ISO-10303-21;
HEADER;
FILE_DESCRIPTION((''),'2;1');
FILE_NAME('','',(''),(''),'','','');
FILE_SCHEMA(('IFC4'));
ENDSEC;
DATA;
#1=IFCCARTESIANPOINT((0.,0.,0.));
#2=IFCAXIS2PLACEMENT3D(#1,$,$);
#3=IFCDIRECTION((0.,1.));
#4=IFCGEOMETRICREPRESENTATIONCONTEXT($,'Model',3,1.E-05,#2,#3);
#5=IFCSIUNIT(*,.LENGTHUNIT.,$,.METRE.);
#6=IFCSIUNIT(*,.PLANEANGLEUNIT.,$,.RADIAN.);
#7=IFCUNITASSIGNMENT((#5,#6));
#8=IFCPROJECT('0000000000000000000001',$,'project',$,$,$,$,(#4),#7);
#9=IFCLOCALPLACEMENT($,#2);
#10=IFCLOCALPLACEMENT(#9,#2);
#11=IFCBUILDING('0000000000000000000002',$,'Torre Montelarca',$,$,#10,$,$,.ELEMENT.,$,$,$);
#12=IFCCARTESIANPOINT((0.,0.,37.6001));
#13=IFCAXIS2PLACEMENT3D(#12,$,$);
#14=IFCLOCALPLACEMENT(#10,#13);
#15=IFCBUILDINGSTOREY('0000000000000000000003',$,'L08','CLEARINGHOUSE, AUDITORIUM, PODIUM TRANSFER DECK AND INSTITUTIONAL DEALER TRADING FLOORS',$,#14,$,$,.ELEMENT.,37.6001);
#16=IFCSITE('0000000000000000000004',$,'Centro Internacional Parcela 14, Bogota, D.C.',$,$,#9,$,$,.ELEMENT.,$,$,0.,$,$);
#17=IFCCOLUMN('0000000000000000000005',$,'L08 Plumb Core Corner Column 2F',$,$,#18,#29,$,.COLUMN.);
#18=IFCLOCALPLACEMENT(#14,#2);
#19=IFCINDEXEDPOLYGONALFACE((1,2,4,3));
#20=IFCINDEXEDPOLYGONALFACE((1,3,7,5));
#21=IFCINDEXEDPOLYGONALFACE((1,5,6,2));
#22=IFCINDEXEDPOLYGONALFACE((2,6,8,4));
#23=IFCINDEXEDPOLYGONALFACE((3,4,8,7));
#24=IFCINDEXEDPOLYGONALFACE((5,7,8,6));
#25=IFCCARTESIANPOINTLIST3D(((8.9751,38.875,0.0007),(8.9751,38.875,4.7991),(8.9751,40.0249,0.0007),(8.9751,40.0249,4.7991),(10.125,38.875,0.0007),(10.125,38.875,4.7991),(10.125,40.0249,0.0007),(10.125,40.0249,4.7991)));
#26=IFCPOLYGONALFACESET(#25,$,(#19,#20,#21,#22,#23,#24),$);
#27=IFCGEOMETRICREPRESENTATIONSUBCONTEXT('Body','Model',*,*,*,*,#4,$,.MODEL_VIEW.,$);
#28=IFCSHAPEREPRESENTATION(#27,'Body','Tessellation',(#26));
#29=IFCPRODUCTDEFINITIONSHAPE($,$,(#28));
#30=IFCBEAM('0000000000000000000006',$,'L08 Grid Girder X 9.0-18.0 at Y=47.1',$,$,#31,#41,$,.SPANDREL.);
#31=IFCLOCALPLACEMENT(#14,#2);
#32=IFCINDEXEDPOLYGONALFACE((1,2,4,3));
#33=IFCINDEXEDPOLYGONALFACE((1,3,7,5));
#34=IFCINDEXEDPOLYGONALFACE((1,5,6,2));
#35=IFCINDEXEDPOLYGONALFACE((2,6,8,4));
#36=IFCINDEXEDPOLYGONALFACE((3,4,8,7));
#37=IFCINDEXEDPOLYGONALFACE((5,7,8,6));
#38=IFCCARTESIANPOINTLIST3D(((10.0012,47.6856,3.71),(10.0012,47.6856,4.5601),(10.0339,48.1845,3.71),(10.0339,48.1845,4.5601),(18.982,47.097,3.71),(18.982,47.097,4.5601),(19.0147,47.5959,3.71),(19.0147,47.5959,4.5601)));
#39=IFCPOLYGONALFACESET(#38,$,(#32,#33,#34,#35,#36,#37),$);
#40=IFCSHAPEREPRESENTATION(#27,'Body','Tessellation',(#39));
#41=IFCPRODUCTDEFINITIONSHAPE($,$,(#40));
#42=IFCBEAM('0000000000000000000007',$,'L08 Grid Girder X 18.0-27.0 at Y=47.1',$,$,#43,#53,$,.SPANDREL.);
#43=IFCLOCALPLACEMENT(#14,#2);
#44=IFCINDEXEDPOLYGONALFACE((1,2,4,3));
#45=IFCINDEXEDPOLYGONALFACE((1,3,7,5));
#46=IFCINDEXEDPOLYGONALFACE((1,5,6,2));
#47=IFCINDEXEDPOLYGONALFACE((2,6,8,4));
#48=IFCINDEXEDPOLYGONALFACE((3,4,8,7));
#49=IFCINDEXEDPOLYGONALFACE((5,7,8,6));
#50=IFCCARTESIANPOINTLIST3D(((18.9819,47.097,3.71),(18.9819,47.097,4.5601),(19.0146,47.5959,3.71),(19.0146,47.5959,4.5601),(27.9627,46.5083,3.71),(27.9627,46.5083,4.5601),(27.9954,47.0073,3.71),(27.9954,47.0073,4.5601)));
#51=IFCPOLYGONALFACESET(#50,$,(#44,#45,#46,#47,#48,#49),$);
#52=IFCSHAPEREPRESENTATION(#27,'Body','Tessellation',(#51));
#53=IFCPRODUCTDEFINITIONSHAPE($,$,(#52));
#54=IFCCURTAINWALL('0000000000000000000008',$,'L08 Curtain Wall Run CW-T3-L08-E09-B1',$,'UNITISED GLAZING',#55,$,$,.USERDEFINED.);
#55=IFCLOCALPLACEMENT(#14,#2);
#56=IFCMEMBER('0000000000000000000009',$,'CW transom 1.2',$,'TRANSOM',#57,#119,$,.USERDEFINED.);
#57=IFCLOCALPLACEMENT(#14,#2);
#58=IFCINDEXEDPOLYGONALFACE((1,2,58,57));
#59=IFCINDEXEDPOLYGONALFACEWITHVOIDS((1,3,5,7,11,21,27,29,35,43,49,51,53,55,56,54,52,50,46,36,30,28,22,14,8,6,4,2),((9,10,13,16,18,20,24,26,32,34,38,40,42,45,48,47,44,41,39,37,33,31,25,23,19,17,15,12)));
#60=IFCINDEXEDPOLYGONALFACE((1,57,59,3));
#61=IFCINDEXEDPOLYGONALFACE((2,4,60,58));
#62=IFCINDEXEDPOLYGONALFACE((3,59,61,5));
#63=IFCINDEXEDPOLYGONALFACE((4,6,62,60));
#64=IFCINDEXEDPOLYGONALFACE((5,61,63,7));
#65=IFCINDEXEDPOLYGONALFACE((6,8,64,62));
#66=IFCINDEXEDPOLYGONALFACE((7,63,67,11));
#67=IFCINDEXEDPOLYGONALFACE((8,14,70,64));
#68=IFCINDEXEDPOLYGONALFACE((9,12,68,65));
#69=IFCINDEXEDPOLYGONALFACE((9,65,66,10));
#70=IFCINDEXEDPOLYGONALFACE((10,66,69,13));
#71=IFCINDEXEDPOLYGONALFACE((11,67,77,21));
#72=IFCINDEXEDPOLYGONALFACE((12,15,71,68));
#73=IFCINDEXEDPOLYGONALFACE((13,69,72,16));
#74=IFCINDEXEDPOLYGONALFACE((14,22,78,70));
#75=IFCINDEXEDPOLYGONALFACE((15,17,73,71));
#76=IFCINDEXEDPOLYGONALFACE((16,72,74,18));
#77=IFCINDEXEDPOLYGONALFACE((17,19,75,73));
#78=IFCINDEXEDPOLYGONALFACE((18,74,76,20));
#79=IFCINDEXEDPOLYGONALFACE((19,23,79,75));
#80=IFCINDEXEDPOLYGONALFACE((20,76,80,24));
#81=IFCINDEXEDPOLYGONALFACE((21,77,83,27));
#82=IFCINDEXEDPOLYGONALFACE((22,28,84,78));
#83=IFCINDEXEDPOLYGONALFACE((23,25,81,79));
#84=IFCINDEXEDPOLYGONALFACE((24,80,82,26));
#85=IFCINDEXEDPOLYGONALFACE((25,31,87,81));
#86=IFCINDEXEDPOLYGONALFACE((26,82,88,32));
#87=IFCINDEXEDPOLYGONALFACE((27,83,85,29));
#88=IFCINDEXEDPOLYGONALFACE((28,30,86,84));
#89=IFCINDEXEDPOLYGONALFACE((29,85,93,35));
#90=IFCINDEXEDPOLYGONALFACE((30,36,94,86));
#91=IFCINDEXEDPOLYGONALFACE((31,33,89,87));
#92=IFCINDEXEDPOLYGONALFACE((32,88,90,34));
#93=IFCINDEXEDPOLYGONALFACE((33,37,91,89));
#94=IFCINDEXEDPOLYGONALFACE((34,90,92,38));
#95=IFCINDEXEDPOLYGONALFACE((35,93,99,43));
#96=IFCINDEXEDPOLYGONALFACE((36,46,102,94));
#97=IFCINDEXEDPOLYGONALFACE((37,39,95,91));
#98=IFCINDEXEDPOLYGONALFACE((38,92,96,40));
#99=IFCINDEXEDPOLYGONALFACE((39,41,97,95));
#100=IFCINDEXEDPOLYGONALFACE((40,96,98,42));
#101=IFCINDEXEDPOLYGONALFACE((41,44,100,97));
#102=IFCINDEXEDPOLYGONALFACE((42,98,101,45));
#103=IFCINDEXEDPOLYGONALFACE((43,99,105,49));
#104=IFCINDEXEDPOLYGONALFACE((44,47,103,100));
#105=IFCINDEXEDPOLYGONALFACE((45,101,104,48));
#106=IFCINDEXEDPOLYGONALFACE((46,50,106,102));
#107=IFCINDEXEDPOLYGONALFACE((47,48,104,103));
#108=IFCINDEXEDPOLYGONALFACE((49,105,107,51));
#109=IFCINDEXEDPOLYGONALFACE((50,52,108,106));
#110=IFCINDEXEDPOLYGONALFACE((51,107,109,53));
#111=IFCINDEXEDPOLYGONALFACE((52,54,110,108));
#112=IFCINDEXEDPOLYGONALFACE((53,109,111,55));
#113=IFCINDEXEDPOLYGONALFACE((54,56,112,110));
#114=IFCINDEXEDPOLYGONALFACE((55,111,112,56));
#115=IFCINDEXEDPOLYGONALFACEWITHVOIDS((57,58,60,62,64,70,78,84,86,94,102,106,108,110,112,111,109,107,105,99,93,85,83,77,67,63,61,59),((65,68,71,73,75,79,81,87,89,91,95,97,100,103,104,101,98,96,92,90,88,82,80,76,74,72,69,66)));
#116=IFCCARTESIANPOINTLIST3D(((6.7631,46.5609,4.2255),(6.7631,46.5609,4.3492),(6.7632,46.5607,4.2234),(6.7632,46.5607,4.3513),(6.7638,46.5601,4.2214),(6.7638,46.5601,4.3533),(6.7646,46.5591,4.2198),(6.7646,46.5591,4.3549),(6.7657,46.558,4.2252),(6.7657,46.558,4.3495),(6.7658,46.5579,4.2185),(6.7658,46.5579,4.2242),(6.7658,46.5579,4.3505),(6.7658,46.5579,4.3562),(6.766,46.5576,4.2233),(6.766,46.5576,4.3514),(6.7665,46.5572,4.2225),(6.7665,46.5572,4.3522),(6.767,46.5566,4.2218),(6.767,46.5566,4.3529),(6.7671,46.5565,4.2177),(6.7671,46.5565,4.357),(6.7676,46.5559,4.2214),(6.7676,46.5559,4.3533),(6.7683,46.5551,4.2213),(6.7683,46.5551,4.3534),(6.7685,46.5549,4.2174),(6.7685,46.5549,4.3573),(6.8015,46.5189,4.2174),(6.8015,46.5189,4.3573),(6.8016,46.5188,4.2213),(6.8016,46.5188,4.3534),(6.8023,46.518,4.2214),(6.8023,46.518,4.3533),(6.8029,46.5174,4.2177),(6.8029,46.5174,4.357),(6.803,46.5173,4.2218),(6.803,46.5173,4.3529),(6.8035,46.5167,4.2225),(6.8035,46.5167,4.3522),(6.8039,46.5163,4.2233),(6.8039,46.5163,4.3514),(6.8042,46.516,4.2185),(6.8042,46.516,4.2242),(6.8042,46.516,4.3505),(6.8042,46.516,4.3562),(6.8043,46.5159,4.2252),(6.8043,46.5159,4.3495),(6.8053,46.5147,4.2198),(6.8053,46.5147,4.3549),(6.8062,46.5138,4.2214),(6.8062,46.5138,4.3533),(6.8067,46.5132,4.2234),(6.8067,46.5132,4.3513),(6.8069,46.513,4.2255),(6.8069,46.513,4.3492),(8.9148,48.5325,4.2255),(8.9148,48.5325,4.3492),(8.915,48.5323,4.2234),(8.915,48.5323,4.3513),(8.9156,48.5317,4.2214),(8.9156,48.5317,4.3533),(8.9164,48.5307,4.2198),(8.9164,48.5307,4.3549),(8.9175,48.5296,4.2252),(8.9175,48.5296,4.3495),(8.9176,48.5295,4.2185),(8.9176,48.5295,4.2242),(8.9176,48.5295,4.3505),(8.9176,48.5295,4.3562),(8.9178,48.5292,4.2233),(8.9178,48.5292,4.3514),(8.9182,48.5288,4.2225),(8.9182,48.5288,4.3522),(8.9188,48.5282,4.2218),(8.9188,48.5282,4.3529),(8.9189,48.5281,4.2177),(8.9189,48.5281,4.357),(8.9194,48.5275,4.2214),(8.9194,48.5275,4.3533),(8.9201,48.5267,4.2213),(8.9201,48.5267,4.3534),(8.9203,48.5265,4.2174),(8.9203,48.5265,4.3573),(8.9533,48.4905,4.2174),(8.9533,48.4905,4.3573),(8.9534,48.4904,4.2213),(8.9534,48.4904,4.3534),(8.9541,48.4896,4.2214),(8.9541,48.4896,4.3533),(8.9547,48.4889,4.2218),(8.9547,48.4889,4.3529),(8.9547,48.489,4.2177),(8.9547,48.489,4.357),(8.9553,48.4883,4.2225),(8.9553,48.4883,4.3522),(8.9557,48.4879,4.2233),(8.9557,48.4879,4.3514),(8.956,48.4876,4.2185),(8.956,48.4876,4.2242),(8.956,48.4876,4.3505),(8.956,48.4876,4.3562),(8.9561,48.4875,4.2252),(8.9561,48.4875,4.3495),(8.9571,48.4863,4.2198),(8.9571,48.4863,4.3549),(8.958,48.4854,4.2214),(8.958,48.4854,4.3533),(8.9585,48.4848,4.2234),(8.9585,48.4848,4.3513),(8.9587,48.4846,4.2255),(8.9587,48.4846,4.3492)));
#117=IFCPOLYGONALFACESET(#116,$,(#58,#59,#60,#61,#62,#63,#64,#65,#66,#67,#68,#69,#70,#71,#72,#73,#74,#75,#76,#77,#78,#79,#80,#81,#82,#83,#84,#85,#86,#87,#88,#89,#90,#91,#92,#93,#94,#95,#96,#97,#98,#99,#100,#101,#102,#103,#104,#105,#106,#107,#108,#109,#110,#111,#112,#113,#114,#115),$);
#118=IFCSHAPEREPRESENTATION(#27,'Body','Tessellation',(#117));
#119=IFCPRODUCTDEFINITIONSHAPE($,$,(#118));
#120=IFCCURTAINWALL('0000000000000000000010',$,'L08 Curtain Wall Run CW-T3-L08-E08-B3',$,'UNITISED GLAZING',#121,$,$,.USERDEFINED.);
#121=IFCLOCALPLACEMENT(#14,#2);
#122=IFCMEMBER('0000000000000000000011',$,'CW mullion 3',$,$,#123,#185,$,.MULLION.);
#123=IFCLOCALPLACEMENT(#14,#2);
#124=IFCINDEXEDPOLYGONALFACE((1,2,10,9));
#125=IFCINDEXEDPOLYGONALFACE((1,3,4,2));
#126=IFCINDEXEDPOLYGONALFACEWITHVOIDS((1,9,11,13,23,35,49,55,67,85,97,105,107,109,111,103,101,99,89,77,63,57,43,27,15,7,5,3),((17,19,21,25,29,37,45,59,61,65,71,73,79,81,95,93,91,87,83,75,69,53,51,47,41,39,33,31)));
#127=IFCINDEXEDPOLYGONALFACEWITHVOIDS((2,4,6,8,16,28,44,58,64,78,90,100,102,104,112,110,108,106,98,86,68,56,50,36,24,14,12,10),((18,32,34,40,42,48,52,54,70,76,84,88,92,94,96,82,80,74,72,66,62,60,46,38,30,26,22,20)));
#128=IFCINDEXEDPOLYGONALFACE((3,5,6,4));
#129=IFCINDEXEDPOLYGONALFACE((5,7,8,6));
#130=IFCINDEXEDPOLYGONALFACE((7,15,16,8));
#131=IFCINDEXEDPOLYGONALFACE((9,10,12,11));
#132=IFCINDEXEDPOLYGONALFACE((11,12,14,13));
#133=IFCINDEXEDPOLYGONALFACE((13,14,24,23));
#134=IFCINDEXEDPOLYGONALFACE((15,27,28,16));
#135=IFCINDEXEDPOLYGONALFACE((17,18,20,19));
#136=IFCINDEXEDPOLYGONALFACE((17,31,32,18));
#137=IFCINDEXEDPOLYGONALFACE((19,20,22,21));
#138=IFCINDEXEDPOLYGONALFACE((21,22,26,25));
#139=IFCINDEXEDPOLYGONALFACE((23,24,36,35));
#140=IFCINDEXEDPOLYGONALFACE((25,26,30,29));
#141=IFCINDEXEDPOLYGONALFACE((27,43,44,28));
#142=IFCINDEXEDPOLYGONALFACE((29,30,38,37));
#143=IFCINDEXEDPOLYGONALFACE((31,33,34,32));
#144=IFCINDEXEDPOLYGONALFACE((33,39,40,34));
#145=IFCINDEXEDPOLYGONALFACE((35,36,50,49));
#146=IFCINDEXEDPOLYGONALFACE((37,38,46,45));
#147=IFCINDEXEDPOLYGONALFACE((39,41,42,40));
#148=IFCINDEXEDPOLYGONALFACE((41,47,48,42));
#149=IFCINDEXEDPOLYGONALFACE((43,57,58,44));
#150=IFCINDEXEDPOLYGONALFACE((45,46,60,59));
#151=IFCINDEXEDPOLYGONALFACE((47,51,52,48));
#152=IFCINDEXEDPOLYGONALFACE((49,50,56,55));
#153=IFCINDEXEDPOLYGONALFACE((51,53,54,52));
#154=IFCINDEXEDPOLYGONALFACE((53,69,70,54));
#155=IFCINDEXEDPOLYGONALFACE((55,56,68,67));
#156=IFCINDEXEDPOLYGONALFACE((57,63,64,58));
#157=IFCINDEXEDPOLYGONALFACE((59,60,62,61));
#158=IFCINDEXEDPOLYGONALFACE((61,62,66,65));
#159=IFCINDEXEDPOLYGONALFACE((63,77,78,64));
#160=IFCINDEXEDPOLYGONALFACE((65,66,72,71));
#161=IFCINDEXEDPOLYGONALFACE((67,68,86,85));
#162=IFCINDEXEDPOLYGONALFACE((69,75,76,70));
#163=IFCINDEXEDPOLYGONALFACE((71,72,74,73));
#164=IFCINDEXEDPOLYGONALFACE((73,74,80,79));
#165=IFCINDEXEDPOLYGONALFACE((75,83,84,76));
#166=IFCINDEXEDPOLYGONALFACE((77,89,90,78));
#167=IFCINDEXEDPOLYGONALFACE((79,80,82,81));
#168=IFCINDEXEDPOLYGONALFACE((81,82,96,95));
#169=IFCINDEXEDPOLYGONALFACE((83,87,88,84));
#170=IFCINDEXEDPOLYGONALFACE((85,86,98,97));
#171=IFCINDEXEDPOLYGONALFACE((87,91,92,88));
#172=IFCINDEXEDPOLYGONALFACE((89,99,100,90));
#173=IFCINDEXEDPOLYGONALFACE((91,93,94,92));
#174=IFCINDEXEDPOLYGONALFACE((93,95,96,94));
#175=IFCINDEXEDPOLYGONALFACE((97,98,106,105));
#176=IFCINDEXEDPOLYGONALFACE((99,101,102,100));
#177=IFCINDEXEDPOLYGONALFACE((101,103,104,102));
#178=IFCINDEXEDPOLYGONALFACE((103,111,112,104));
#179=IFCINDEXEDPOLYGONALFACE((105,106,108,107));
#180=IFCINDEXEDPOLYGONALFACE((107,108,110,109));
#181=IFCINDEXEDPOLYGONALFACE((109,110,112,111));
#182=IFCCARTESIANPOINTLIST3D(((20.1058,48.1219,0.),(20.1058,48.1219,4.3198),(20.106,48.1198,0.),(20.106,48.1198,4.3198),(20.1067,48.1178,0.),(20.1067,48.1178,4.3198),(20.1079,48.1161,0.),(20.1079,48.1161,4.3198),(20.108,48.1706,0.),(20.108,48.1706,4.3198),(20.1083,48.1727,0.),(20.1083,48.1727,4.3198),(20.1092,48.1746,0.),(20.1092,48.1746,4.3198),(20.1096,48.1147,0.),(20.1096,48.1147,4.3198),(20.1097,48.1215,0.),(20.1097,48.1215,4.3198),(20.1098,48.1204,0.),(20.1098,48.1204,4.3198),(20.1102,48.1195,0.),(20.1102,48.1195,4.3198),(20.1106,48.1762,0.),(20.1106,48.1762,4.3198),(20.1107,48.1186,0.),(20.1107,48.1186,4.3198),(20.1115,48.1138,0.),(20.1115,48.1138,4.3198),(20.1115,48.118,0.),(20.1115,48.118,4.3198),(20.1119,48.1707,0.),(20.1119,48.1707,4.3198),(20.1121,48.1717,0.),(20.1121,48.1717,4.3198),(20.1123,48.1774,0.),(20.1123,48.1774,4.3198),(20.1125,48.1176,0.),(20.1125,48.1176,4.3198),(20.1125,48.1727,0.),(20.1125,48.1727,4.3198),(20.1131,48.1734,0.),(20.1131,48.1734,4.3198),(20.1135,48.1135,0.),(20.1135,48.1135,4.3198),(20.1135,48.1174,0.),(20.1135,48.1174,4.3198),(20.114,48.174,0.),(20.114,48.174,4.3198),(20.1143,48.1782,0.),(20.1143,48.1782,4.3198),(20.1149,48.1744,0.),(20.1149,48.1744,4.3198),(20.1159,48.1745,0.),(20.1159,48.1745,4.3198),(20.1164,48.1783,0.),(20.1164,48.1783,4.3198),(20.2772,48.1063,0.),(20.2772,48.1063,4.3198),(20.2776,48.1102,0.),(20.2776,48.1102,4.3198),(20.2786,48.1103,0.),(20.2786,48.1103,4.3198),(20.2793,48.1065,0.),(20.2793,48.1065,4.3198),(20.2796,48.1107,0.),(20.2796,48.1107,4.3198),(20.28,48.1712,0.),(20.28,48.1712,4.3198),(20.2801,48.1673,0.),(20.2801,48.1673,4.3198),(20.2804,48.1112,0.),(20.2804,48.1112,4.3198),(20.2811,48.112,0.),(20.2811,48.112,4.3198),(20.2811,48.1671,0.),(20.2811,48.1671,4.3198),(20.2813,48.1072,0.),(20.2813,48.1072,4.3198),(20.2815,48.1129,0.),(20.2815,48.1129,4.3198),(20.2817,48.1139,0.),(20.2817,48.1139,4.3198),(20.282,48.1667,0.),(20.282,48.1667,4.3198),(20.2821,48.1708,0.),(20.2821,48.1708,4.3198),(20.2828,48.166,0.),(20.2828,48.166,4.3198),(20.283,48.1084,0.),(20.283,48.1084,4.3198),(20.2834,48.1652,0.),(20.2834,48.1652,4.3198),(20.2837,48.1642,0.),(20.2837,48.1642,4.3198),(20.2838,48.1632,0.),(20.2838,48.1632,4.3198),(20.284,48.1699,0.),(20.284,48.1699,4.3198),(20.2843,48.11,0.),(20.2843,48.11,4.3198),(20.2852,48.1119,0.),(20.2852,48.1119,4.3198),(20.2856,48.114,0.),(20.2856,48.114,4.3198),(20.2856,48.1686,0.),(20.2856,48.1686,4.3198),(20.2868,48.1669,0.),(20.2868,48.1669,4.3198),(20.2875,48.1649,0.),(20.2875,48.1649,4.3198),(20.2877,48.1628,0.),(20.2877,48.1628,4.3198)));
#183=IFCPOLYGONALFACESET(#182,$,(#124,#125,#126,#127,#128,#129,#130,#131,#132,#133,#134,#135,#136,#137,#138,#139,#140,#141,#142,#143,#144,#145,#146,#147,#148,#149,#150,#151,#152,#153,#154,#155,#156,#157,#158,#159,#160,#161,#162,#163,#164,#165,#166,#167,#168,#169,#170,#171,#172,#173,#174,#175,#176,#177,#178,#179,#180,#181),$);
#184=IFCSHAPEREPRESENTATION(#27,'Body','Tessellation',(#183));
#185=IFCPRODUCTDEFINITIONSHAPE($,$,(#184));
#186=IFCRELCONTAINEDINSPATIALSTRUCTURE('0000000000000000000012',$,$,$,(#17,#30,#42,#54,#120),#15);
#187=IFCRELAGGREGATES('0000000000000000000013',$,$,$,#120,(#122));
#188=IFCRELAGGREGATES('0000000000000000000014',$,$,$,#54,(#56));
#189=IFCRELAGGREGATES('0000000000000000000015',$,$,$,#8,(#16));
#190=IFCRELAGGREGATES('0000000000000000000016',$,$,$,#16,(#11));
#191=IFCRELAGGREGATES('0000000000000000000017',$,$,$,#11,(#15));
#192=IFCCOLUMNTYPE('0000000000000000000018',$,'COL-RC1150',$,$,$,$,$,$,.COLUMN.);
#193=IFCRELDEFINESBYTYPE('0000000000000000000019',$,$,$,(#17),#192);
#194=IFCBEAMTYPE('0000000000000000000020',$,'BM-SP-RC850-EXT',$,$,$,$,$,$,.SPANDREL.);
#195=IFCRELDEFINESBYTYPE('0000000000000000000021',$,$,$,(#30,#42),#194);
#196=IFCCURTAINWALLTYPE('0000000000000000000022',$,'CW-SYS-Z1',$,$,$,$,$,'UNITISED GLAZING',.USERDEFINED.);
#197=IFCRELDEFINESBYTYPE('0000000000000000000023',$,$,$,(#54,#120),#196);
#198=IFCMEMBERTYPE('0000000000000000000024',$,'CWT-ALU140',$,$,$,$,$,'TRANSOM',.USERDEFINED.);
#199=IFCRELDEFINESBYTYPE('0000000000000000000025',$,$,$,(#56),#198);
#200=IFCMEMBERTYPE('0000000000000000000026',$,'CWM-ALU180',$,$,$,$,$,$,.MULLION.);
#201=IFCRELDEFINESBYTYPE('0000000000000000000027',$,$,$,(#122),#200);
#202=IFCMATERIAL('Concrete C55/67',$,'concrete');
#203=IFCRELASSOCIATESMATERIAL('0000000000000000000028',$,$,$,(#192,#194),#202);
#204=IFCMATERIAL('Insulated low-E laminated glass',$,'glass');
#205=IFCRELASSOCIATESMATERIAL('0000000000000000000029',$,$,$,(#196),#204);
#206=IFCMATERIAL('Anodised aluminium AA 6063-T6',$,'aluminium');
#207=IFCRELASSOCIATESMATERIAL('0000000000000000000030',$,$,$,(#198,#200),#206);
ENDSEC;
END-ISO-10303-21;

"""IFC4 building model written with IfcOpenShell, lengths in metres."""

from ifc_helpers import new_model, si_unit, direction, frame, origin, origin_2d, place, context, subcontext, project, spatial, rectangle, hollow_rectangle, extrude, source, transform, mapped, material, material_profile, profile_set, type_object, element, aggregate, save


model = new_model("IFC4")

# Units and contexts
model_context = context("Model", 3, precision=1e-05, world=origin(), true_north=direction((0.0, 1.0)))
body_context = subcontext(model_context, "Body", "Model", "MODEL_VIEW")
ifc_project = project(units=[si_unit("LENGTHUNIT", "METRE"), si_unit("PLANEANGLEUNIT", "RADIAN")], contexts=[model_context])

# Site, building, storey
site_placement = place(None, origin())
site = spatial("IfcSite", under=ifc_project, at=site_placement, Name="Centro Internacional Parcela 14, Bogota, D.C.", CompositionType="ELEMENT", RefElevation=0.0)
building_placement = place(site_placement, origin())
building = spatial("IfcBuilding", under=site, at=building_placement, Name="Torre Montelarca", CompositionType="ELEMENT")
storey_placement = place(building_placement, frame((0.0, 0.0, 37.6001)))
storey = spatial("IfcBuildingStorey", under=building, at=storey_placement, Name="L08", Description="CLEARINGHOUSE, AUDITORIUM, PODIUM TRANSFER DECK AND INSTITUTIONAL DEALER TRADING FLOORS", CompositionType="ELEMENT", Elevation=37.6001)

# Column
ifc_material_1 = material(Name="Concrete C55/67", Category="concrete")
ifc_material_profile_1 = material_profile(ifc_material_1, rectangle(XDim=1.1499, YDim=1.1499, at=origin_2d()), Name="RC1150X1150", Category="concrete")
ifc_profile_set_1 = profile_set([ifc_material_profile_1], Name="Concrete C55/67")
column_type_1 = type_object("IfcColumnType", Name="COL-RC1150", PredefinedType="COLUMN", material=ifc_profile_set_1)
shared_shape_1 = source(origin(), body_context, "Body", "SweptSolid", [
    extrude(rectangle(XDim=1.1499, YDim=1.1499, at=origin_2d()), origin(), (0.0, 0.0, 1.0), 4.7983),
])
column_1_placement = place(storey_placement, frame((9.55, 39.45, 0.0007), z_axis=(0.0, 0.0, 1.0), x_axis=(1.0, 0.0, 0.0)))
element("IfcColumn", 1, at=column_1_placement, inside=storey, type_object=column_type_1, Name="L08 Plumb Core Corner Column 2F", PredefinedType="COLUMN", context=body_context, shape_type="MappedRepresentation", body=[
    mapped(shared_shape_1, transform((0.0, 0.0, 0.0), scale=1.0)),
])

# Beams
ifc_material_profile_2 = material_profile(ifc_material_1, rectangle(XDim=0.5, YDim=0.8501, at=origin_2d()), Name="RCB500X850", Category="concrete")
ifc_profile_set_2 = profile_set([ifc_material_profile_2], Name="Concrete C55/67")
beam_type = type_object("IfcBeamType", Name="BM-SP-RC850-EXT", PredefinedType="SPANDREL", material=ifc_profile_set_2)
shared_shape_2 = source(origin(), body_context, "Body", "SweptSolid", [
    extrude(rectangle(XDim=0.5, YDim=0.8501, at=origin_2d()), origin(), (0.0, 0.0, 1.0), 9.0),
])
for number, where, z_axis, x_axis, name in (
    (2, (10.0176, 47.9351, 4.135), (0.997859, -0.065403, 0.0), (0.065403, 0.997859, 0.0), "L08 Grid Girder X 9.0-18.0 at Y=47.1"),
    (3, (18.9983, 47.3464, 4.135), (0.997859, -0.065403, 0.0), (0.065403, 0.997859, 0.0), "L08 Grid Girder X 18.0-27.0 at Y=47.1"),
):
    element("IfcBeam", number, at=place(storey_placement, frame(where, z_axis=z_axis, x_axis=x_axis)), inside=storey, type_object=beam_type, Name=name, PredefinedType="SPANDREL", context=body_context, shape_type="MappedRepresentation", body=[
        mapped(shared_shape_2, transform((0.0, 0.0, 0.0), scale=1.0)),
    ])

# Curtain walls, members
ifc_material_2 = material(Name="Insulated low-E laminated glass", Category="glass")
curtain_wall_type = type_object("IfcCurtainWallType", Name="CW-SYS-Z1", ElementType="UNITISED GLAZING", PredefinedType="USERDEFINED", material=ifc_material_2)
curtain_wall_1_placement = place(storey_placement, origin())
curtain_wall_1 = element("IfcCurtainWall", 4, at=curtain_wall_1_placement, inside=storey, type_object=curtain_wall_type, Name="L08 Curtain Wall Run CW-T3-L08-E09-B1", ObjectType="UNITISED GLAZING", PredefinedType="USERDEFINED")
ifc_material_3 = material(Name="Anodised aluminium AA 6063-T6", Category="aluminium")
ifc_material_profile_3 = material_profile(ifc_material_3, hollow_rectangle(XDim=0.0649, YDim=0.1399, WallThickness=0.0039, InnerFilletRadius=0.0039, OuterFilletRadius=0.0081, at=origin_2d()), Name="ALU65X140X4", Category="aluminium")
ifc_profile_set_3 = profile_set([ifc_material_profile_3], Name="Anodised aluminium AA 6063-T6")
member_type_1 = type_object("IfcMemberType", Name="CWT-ALU140", ElementType="TRANSOM", PredefinedType="USERDEFINED", material=ifc_profile_set_3)
shared_shape_3 = source(origin(), body_context, "Body", "SweptSolid", [
    extrude(hollow_rectangle(XDim=0.0649, YDim=0.1399, WallThickness=0.0039, InnerFilletRadius=0.0039, OuterFilletRadius=0.0081, at=origin_2d()), origin(), (0.0, 0.0, 1.0), 2.9185),
])
member_1_placement = place(storey_placement, frame((8.9368, 48.5085, 4.2874), z_axis=(-0.7373, -0.675566, 0.0), x_axis=(0.675566, -0.7373, 0.0)))
member_1 = element("IfcMember", 5, at=member_1_placement, type_object=member_type_1, Name="CW transom 1.2", ObjectType="TRANSOM", PredefinedType="USERDEFINED", context=body_context, shape_type="MappedRepresentation", body=[
    mapped(shared_shape_3, transform((0.0, 0.0, 0.0), scale=1.0)),
])
curtain_wall_2_placement = place(storey_placement, origin())
curtain_wall_2 = element("IfcCurtainWall", 6, at=curtain_wall_2_placement, inside=storey, type_object=curtain_wall_type, Name="L08 Curtain Wall Run CW-T3-L08-E08-B3", ObjectType="UNITISED GLAZING", PredefinedType="USERDEFINED")
ifc_material_profile_4 = material_profile(ifc_material_3, hollow_rectangle(XDim=0.0649, YDim=0.1799, WallThickness=0.0039, InnerFilletRadius=0.0039, OuterFilletRadius=0.0081, at=origin_2d()), Name="ALU65X180X4", Category="aluminium")
ifc_profile_set_4 = profile_set([ifc_material_profile_4], Name="Anodised aluminium AA 6063-T6")
member_type_2 = type_object("IfcMemberType", Name="CWM-ALU180", PredefinedType="MULLION", material=ifc_profile_set_4)
shared_shape_4 = source(origin(), body_context, "Body", "SweptSolid", [
    extrude(hollow_rectangle(XDim=0.0649, YDim=0.1799, WallThickness=0.0039, InnerFilletRadius=0.0039, OuterFilletRadius=0.0081, at=origin_2d()), origin(), (0.0, 0.0, 1.0), 4.3198),
])
member_2_placement = place(storey_placement, frame((20.1968, 48.1423, 0.0), z_axis=(0.0, 0.0, 1.0), x_axis=(-0.043629, -0.999048, 0.0)))
member_2 = element("IfcMember", 7, at=member_2_placement, type_object=member_type_2, Name="CW mullion 3", PredefinedType="MULLION", context=body_context, shape_type="MappedRepresentation", body=[
    mapped(shared_shape_4, transform((0.0, 0.0, 0.0), scale=1.0)),
])
aggregate(curtain_wall_2, [member_2])

aggregate(curtain_wall_1, [member_1])

save(model, "model.ifc")
